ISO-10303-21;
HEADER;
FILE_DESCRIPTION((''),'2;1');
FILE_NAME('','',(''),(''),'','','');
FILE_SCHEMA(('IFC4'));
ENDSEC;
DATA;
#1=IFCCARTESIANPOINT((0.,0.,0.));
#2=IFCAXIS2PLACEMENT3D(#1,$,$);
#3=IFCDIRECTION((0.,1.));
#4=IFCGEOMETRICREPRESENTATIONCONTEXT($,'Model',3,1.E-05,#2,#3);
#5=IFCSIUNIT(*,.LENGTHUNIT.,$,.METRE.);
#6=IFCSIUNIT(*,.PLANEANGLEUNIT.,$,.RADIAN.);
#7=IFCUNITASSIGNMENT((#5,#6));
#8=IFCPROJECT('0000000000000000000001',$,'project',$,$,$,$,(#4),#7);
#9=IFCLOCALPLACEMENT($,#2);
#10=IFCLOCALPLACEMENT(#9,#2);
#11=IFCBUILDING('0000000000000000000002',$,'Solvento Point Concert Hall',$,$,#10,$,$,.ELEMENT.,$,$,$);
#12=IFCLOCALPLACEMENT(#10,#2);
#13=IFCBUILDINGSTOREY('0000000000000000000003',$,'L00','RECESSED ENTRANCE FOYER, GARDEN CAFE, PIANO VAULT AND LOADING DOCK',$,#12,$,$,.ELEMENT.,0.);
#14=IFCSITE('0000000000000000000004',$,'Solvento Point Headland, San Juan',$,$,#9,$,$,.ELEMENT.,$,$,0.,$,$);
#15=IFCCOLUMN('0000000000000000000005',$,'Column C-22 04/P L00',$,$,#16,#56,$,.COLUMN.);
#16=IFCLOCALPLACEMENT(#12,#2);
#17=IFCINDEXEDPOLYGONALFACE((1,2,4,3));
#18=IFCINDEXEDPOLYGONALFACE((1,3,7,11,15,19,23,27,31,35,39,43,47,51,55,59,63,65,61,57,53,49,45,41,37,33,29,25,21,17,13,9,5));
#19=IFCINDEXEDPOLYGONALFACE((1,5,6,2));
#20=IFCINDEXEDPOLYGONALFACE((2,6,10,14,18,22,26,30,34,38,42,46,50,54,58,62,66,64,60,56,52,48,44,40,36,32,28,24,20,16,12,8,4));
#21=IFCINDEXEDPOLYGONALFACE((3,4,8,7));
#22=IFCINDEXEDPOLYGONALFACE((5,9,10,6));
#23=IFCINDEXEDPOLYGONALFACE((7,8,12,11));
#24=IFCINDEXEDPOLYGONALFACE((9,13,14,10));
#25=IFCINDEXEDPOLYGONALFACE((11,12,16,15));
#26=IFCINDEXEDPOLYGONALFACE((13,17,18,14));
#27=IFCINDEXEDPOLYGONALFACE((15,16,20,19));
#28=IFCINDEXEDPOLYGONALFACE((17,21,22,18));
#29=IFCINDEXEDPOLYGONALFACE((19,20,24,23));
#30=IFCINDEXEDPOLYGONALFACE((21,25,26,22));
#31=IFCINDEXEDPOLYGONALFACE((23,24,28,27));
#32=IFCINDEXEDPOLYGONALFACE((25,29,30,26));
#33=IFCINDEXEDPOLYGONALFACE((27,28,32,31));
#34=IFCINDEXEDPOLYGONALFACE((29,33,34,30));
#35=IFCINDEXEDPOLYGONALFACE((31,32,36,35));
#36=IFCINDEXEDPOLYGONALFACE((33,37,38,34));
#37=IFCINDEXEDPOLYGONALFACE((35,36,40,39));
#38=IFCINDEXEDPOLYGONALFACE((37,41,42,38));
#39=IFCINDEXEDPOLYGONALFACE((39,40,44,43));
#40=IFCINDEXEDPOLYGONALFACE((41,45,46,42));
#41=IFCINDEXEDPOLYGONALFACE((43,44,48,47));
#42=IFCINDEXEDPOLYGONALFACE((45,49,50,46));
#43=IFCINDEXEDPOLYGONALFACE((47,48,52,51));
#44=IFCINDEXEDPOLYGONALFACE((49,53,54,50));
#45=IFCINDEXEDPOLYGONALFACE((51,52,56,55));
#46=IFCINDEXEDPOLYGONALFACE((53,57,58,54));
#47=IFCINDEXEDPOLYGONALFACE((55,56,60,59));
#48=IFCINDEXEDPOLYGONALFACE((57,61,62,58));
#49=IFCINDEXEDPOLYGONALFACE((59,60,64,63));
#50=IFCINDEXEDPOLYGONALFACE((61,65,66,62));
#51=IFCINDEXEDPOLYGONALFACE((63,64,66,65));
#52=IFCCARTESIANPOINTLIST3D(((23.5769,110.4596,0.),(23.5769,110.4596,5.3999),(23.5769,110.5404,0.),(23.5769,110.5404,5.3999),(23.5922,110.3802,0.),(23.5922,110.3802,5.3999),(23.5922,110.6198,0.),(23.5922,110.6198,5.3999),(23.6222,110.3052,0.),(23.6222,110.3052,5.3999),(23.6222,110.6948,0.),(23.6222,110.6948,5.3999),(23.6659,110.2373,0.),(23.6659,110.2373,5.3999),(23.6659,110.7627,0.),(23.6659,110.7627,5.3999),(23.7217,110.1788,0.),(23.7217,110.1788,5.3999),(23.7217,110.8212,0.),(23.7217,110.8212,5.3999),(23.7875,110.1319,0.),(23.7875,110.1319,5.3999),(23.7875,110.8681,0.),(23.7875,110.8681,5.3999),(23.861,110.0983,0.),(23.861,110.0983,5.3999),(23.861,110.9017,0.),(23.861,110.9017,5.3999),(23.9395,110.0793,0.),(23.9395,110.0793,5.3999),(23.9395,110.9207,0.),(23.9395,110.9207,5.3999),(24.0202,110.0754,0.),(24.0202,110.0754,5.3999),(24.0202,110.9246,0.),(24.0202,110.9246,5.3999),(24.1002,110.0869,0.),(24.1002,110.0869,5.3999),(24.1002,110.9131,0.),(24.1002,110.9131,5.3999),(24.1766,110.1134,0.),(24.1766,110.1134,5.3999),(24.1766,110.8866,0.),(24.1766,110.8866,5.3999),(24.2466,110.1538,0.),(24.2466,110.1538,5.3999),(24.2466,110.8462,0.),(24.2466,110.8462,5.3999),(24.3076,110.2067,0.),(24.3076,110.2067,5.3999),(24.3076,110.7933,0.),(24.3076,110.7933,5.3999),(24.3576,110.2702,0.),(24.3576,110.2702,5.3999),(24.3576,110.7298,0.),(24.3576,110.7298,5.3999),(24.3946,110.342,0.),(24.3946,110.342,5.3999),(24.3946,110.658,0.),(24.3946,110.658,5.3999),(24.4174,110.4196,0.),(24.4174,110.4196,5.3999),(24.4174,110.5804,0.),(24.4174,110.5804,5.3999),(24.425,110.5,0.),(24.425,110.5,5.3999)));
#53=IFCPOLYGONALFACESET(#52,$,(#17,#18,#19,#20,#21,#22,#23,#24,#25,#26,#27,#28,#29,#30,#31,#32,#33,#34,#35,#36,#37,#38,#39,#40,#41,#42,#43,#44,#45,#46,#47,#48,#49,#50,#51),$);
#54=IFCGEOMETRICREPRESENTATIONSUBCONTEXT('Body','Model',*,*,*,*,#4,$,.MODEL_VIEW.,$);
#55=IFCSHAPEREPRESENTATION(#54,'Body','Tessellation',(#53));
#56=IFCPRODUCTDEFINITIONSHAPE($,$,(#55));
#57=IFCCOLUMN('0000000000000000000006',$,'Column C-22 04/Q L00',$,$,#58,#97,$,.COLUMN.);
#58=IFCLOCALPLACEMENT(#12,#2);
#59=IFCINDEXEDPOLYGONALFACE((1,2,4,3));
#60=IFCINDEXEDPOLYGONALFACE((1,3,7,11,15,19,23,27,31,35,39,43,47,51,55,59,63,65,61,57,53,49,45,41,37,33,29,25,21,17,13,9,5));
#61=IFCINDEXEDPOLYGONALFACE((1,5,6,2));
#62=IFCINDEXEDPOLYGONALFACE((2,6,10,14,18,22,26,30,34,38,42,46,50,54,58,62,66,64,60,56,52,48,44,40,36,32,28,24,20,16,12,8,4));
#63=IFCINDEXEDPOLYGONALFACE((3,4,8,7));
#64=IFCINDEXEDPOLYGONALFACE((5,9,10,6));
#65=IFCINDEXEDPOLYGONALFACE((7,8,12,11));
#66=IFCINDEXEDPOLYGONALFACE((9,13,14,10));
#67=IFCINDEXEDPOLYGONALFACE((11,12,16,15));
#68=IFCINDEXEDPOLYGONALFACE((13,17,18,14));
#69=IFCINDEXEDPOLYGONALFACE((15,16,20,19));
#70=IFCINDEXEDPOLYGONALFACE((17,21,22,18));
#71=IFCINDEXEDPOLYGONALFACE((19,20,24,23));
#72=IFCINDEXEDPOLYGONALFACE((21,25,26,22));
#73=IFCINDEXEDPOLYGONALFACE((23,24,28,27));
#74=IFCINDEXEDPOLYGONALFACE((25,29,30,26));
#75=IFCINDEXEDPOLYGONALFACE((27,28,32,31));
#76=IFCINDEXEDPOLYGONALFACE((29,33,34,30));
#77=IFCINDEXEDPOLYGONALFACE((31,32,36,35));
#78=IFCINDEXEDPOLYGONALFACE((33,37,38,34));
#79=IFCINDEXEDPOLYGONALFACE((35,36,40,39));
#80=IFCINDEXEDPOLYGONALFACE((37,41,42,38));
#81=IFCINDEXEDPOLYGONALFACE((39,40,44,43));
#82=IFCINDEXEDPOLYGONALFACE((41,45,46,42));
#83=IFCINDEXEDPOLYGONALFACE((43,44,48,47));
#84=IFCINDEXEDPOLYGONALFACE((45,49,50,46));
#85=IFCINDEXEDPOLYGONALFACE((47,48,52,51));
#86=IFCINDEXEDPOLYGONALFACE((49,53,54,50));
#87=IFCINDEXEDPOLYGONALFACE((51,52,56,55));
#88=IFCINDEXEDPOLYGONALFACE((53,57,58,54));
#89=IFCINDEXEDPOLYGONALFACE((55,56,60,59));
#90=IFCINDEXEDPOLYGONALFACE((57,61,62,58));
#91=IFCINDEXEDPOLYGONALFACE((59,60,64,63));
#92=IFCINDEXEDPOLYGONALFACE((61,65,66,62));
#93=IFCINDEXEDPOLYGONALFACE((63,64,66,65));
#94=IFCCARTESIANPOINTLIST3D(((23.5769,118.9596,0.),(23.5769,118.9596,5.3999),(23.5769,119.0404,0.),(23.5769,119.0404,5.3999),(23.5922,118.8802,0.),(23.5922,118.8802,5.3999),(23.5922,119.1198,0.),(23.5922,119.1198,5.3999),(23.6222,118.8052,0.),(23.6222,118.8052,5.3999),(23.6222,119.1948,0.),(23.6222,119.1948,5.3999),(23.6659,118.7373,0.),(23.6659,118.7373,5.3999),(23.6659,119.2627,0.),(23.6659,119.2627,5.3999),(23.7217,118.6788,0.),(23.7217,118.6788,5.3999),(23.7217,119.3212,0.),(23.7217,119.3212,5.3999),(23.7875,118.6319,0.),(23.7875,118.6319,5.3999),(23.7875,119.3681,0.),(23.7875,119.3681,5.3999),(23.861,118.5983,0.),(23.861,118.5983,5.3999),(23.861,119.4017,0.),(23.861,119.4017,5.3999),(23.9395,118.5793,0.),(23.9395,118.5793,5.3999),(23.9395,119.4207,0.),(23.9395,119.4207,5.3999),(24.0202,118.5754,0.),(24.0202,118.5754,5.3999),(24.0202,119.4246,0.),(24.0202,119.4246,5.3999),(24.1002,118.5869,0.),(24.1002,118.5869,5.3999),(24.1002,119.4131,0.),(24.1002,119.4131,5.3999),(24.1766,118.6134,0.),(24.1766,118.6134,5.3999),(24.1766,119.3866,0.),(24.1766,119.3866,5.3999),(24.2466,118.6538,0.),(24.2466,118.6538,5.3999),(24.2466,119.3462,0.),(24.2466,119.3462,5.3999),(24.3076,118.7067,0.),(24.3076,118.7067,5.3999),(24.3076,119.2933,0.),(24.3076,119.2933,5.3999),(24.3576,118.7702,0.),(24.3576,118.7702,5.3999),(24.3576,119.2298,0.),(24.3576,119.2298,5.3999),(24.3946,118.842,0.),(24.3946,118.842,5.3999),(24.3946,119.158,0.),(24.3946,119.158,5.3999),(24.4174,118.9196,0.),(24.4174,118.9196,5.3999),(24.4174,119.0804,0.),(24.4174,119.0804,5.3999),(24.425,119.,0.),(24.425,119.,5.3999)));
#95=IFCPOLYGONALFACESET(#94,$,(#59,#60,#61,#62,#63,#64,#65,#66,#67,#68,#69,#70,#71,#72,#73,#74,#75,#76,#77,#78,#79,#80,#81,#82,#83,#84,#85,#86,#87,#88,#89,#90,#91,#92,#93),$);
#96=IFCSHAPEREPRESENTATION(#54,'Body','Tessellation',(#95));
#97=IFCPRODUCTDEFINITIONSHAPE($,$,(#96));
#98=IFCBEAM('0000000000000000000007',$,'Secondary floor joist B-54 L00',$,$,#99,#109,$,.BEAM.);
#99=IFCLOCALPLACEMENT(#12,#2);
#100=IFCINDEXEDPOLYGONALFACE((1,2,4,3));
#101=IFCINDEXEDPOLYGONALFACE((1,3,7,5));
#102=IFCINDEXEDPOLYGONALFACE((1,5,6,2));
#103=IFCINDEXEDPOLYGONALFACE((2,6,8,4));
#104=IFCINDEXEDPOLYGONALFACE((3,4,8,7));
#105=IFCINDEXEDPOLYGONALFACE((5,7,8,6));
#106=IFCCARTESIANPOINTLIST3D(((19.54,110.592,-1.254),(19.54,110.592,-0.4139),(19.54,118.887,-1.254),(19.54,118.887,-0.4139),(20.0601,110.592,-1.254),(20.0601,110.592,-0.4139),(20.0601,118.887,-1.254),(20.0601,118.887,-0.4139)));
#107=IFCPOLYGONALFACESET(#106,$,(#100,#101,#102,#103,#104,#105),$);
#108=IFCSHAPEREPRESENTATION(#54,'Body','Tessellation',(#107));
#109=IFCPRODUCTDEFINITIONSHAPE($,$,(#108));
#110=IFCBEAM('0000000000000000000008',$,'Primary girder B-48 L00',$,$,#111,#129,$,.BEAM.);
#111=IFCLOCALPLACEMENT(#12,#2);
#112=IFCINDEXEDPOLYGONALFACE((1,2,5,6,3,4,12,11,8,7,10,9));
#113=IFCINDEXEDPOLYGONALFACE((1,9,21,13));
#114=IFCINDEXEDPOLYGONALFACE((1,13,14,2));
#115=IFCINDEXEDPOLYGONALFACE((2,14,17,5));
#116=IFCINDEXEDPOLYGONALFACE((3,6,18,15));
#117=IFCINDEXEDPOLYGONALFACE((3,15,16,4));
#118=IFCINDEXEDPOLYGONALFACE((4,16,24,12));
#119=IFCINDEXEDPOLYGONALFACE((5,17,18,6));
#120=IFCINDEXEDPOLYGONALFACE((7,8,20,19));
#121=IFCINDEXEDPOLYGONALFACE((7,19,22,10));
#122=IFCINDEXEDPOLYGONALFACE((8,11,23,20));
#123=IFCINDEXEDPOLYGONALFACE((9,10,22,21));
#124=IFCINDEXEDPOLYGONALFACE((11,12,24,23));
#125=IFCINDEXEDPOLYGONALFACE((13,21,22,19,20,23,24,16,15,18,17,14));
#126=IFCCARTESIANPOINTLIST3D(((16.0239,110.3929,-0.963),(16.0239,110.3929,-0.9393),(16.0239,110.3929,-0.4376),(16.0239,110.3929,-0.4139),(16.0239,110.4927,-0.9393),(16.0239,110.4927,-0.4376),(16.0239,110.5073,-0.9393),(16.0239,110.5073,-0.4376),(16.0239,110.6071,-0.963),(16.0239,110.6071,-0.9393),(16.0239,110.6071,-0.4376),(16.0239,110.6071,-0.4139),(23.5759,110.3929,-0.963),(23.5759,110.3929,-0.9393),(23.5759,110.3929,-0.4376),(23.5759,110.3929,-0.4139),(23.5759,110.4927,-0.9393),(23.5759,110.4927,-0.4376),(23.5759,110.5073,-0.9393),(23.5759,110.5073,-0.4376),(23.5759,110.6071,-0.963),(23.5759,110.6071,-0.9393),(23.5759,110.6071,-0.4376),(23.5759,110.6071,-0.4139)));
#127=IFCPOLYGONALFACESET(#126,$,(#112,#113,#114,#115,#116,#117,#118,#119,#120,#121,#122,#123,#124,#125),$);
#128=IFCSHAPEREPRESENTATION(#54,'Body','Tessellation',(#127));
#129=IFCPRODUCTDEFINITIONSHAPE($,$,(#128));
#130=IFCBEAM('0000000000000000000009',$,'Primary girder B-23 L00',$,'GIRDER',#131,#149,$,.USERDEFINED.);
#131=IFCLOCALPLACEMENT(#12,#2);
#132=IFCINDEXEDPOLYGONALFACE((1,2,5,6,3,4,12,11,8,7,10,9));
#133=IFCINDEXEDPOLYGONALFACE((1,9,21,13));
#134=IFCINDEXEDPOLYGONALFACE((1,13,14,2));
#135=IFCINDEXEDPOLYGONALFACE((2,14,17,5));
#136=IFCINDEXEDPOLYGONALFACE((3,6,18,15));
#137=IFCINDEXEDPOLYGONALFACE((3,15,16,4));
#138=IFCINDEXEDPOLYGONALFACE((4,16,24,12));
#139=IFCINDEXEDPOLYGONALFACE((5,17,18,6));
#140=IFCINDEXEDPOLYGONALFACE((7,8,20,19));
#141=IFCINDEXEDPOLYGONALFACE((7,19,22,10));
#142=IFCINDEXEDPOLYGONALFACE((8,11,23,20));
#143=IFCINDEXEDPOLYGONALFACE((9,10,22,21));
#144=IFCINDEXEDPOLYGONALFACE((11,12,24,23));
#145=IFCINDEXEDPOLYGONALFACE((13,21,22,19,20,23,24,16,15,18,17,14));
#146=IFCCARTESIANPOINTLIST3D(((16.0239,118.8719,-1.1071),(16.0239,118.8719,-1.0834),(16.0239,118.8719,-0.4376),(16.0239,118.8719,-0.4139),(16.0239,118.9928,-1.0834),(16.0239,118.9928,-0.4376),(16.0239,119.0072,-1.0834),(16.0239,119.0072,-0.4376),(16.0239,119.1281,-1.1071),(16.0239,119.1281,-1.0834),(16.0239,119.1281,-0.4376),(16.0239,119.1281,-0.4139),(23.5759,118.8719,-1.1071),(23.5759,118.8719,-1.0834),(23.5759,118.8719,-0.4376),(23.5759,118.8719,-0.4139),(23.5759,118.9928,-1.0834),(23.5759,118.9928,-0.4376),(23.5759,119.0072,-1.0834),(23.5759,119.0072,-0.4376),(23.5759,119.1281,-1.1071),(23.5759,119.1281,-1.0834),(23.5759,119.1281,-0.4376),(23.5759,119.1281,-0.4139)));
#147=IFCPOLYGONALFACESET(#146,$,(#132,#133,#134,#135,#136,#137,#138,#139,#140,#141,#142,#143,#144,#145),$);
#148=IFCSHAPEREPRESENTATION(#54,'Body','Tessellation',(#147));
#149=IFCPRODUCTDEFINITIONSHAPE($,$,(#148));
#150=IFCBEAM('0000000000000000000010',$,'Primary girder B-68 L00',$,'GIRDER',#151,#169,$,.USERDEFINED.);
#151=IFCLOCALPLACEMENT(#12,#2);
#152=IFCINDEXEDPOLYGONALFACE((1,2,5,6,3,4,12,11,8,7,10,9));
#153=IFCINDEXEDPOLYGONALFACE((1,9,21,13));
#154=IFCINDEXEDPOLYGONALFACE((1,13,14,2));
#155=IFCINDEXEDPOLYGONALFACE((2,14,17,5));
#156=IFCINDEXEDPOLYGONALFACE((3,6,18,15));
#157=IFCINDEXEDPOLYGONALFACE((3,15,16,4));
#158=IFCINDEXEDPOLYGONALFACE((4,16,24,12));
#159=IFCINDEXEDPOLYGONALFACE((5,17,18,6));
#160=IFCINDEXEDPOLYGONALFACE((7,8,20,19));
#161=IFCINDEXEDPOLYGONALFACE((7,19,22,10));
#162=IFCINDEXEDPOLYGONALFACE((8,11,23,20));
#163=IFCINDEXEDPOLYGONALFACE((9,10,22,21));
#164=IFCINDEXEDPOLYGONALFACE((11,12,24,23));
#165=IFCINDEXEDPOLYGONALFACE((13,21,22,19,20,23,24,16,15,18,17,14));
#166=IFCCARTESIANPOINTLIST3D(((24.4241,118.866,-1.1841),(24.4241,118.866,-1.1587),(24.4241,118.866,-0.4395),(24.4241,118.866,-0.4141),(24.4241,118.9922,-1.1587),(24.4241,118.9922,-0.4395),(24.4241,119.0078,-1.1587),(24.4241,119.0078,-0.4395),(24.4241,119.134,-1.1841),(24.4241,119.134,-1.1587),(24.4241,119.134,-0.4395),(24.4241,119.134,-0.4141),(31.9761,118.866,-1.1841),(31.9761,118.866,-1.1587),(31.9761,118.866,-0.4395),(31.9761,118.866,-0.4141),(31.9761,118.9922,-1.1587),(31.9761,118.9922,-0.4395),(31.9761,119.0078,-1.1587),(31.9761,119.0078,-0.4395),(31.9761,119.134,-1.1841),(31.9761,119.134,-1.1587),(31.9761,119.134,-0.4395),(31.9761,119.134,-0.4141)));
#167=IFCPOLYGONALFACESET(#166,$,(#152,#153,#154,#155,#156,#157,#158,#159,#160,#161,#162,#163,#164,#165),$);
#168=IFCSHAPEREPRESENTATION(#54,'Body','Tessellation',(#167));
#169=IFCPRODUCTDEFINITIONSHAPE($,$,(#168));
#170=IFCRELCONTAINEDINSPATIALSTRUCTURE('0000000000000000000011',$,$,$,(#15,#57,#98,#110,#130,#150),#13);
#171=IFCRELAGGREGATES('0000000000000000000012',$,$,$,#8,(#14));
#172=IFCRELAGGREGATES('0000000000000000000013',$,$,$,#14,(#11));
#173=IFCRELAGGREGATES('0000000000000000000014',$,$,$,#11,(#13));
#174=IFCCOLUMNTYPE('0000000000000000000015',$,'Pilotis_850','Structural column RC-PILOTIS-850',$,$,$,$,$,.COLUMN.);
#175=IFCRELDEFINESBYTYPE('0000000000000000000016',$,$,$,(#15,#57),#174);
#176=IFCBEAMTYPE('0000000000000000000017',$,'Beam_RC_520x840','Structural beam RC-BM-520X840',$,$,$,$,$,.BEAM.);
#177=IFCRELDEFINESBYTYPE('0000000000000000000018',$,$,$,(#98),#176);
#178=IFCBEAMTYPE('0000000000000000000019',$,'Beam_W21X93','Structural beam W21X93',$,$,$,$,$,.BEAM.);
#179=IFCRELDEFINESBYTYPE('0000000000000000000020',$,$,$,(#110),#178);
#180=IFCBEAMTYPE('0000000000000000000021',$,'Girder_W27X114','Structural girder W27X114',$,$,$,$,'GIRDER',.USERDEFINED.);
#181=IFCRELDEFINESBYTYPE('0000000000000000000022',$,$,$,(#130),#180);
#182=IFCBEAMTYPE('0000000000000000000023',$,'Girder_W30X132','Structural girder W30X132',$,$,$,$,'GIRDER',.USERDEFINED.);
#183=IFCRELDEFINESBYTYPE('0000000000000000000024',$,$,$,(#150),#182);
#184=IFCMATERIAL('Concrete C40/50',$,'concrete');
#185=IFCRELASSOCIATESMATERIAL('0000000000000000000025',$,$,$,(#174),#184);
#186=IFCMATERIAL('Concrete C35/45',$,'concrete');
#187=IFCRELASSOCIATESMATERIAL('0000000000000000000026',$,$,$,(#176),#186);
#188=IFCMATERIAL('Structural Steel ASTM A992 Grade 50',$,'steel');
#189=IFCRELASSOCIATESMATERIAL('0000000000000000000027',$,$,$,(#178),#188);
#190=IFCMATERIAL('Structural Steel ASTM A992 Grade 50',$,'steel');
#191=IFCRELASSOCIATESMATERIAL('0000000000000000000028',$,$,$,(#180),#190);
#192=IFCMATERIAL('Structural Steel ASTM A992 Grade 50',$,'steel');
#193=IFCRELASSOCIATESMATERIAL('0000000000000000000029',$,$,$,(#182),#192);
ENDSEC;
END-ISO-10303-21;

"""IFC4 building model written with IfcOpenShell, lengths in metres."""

from ifc_helpers import new_model, si_unit, direction, frame, origin, origin_2d, place, context, subcontext, project, spatial, rectangle, circle, i_section, extrude, material, material_profile, profile_set, type_object, element, save


model = new_model("IFC4")

# Units and contexts
model_context = context("Model", 3, precision=1e-05, world=origin(), true_north=direction((0.0, 1.0)))
body_context = subcontext(model_context, "Body", "Model", "MODEL_VIEW")
ifc_project = project(units=[si_unit("LENGTHUNIT", "METRE"), si_unit("PLANEANGLEUNIT", "RADIAN")], contexts=[model_context])

# Site, building, storey
site_placement = place(None, origin())
site = spatial("IfcSite", under=ifc_project, at=site_placement, Name="Solvento Point Headland, San Juan", CompositionType="ELEMENT", RefElevation=0.0)
building_placement = place(site_placement, origin())
building = spatial("IfcBuilding", under=site, at=building_placement, Name="Solvento Point Concert Hall", CompositionType="ELEMENT")
storey_placement = place(building_placement, origin())
storey = spatial("IfcBuildingStorey", under=building, at=storey_placement, Name="L00", Description="RECESSED ENTRANCE FOYER, GARDEN CAFE, PIANO VAULT AND LOADING DOCK", CompositionType="ELEMENT", Elevation=0.0)

# Columns
ifc_material_1 = material(Name="Concrete C40/50", Category="concrete")
ifc_material_profile_1 = material_profile(ifc_material_1, circle(Radius=0.425, at=origin_2d()), Name="RC-PILOTIS-850")
ifc_profile_set_1 = profile_set([ifc_material_profile_1], Name="Concrete C40/50")
column_type = type_object("IfcColumnType", Name="Pilotis_850", Description="Structural column RC-PILOTIS-850", PredefinedType="COLUMN", material=ifc_profile_set_1)
for number, where, z_axis, x_axis, name in (
    (1, (24.0, 110.5, 0.0), (0.0, 0.0, 1.0), (1.0, 0.0, 0.0), "Column C-22 04/P L00"),
    (2, (24.0, 119.0, 0.0), (0.0, 0.0, 1.0), (1.0, 0.0, 0.0), "Column C-22 04/Q L00"),
):
    element("IfcColumn", number, at=place(storey_placement, frame(where, z_axis=z_axis, x_axis=x_axis)), inside=storey, type_object=column_type, Name=name, PredefinedType="COLUMN", context=body_context, shape_type="SweptSolid", body=[
        extrude(circle(Radius=0.425, at=origin_2d()), origin(), (0.0, 0.0, 1.0), 5.3999),
    ])

# Beams
ifc_material_2 = material(Name="Concrete C35/45", Category="concrete")
ifc_material_profile_2 = material_profile(ifc_material_2, rectangle(XDim=0.52, YDim=0.8401, at=origin_2d()), Name="RC-BM-520X840")
ifc_profile_set_2 = profile_set([ifc_material_profile_2], Name="Concrete C35/45")
beam_type_1 = type_object("IfcBeamType", Name="Beam_RC_520x840", Description="Structural beam RC-BM-520X840", PredefinedType="BEAM", material=ifc_profile_set_2)
beam_1_placement = place(storey_placement, frame((19.8, 110.592, -0.834), z_axis=(0.0, 1.0, 0.0), x_axis=(-1.0, 0.0, 0.0)))
element("IfcBeam", 3, at=beam_1_placement, inside=storey, type_object=beam_type_1, Name="Secondary floor joist B-54 L00", PredefinedType="BEAM", context=body_context, shape_type="SweptSolid", body=[
    extrude(rectangle(XDim=0.52, YDim=0.8401, at=origin_2d()), origin(), (0.0, 0.0, 1.0), 8.2949),
])
ifc_material_3 = material(Name="Structural Steel ASTM A992 Grade 50", Category="steel")
ifc_material_profile_3 = material_profile(ifc_material_3, i_section(OverallWidth=0.2141, OverallDepth=0.5491, WebThickness=0.0146, FlangeThickness=0.0237, at=origin_2d()), Name="W21X93")
ifc_profile_set_3 = profile_set([ifc_material_profile_3], Name="Structural Steel ASTM A992 Grade 50")
beam_type_2 = type_object("IfcBeamType", Name="Beam_W21X93", Description="Structural beam W21X93", PredefinedType="BEAM", material=ifc_profile_set_3)
beam_2_placement = place(storey_placement, frame((16.0239, 110.5, -0.6885), z_axis=(1.0, 0.0, 0.0), x_axis=(0.0, 1.0, 0.0)))
element("IfcBeam", 4, at=beam_2_placement, inside=storey, type_object=beam_type_2, Name="Primary girder B-48 L00", PredefinedType="BEAM", context=body_context, shape_type="SweptSolid", body=[
    extrude(i_section(OverallWidth=0.2141, OverallDepth=0.5491, WebThickness=0.0146, FlangeThickness=0.0237, at=origin_2d()), origin(), (0.0, 0.0, 1.0), 7.552),
])
ifc_material_4 = material(Name="Structural Steel ASTM A992 Grade 50", Category="steel")
ifc_material_profile_4 = material_profile(ifc_material_4, i_section(OverallWidth=0.2561, OverallDepth=0.6931, WebThickness=0.0144, FlangeThickness=0.0237, at=origin_2d()), Name="W27X114")
ifc_profile_set_4 = profile_set([ifc_material_profile_4], Name="Structural Steel ASTM A992 Grade 50")
beam_type_3 = type_object("IfcBeamType", Name="Girder_W27X114", Description="Structural girder W27X114", ElementType="GIRDER", PredefinedType="USERDEFINED", material=ifc_profile_set_4)
beam_3_placement = place(storey_placement, frame((16.0239, 119.0, -0.7605), z_axis=(1.0, 0.0, 0.0), x_axis=(0.0, 1.0, 0.0)))
element("IfcBeam", 5, at=beam_3_placement, inside=storey, type_object=beam_type_3, Name="Primary girder B-23 L00", ObjectType="GIRDER", PredefinedType="USERDEFINED", context=body_context, shape_type="SweptSolid", body=[
    extrude(i_section(OverallWidth=0.2561, OverallDepth=0.6931, WebThickness=0.0144, FlangeThickness=0.0237, at=origin_2d()), origin(), (0.0, 0.0, 1.0), 7.552),
])
ifc_material_5 = material(Name="Structural Steel ASTM A992 Grade 50", Category="steel")
ifc_material_profile_5 = material_profile(ifc_material_5, i_section(OverallWidth=0.2681, OverallDepth=0.77, WebThickness=0.0156, FlangeThickness=0.0254, at=origin_2d()), Name="W30X132")
ifc_profile_set_5 = profile_set([ifc_material_profile_5], Name="Structural Steel ASTM A992 Grade 50")
beam_type_4 = type_object("IfcBeamType", Name="Girder_W30X132", Description="Structural girder W30X132", ElementType="GIRDER", PredefinedType="USERDEFINED", material=ifc_profile_set_5)
beam_4_placement = place(storey_placement, frame((24.4241, 119.0, -0.7991), z_axis=(1.0, 0.0, 0.0), x_axis=(0.0, 1.0, 0.0)))
element("IfcBeam", 6, at=beam_4_placement, inside=storey, type_object=beam_type_4, Name="Primary girder B-68 L00", ObjectType="GIRDER", PredefinedType="USERDEFINED", context=body_context, shape_type="SweptSolid", body=[
    extrude(i_section(OverallWidth=0.2681, OverallDepth=0.77, WebThickness=0.0156, FlangeThickness=0.0254, at=origin_2d()), origin(), (0.0, 0.0, 1.0), 7.552),
])

save(model, "model.ifc")
